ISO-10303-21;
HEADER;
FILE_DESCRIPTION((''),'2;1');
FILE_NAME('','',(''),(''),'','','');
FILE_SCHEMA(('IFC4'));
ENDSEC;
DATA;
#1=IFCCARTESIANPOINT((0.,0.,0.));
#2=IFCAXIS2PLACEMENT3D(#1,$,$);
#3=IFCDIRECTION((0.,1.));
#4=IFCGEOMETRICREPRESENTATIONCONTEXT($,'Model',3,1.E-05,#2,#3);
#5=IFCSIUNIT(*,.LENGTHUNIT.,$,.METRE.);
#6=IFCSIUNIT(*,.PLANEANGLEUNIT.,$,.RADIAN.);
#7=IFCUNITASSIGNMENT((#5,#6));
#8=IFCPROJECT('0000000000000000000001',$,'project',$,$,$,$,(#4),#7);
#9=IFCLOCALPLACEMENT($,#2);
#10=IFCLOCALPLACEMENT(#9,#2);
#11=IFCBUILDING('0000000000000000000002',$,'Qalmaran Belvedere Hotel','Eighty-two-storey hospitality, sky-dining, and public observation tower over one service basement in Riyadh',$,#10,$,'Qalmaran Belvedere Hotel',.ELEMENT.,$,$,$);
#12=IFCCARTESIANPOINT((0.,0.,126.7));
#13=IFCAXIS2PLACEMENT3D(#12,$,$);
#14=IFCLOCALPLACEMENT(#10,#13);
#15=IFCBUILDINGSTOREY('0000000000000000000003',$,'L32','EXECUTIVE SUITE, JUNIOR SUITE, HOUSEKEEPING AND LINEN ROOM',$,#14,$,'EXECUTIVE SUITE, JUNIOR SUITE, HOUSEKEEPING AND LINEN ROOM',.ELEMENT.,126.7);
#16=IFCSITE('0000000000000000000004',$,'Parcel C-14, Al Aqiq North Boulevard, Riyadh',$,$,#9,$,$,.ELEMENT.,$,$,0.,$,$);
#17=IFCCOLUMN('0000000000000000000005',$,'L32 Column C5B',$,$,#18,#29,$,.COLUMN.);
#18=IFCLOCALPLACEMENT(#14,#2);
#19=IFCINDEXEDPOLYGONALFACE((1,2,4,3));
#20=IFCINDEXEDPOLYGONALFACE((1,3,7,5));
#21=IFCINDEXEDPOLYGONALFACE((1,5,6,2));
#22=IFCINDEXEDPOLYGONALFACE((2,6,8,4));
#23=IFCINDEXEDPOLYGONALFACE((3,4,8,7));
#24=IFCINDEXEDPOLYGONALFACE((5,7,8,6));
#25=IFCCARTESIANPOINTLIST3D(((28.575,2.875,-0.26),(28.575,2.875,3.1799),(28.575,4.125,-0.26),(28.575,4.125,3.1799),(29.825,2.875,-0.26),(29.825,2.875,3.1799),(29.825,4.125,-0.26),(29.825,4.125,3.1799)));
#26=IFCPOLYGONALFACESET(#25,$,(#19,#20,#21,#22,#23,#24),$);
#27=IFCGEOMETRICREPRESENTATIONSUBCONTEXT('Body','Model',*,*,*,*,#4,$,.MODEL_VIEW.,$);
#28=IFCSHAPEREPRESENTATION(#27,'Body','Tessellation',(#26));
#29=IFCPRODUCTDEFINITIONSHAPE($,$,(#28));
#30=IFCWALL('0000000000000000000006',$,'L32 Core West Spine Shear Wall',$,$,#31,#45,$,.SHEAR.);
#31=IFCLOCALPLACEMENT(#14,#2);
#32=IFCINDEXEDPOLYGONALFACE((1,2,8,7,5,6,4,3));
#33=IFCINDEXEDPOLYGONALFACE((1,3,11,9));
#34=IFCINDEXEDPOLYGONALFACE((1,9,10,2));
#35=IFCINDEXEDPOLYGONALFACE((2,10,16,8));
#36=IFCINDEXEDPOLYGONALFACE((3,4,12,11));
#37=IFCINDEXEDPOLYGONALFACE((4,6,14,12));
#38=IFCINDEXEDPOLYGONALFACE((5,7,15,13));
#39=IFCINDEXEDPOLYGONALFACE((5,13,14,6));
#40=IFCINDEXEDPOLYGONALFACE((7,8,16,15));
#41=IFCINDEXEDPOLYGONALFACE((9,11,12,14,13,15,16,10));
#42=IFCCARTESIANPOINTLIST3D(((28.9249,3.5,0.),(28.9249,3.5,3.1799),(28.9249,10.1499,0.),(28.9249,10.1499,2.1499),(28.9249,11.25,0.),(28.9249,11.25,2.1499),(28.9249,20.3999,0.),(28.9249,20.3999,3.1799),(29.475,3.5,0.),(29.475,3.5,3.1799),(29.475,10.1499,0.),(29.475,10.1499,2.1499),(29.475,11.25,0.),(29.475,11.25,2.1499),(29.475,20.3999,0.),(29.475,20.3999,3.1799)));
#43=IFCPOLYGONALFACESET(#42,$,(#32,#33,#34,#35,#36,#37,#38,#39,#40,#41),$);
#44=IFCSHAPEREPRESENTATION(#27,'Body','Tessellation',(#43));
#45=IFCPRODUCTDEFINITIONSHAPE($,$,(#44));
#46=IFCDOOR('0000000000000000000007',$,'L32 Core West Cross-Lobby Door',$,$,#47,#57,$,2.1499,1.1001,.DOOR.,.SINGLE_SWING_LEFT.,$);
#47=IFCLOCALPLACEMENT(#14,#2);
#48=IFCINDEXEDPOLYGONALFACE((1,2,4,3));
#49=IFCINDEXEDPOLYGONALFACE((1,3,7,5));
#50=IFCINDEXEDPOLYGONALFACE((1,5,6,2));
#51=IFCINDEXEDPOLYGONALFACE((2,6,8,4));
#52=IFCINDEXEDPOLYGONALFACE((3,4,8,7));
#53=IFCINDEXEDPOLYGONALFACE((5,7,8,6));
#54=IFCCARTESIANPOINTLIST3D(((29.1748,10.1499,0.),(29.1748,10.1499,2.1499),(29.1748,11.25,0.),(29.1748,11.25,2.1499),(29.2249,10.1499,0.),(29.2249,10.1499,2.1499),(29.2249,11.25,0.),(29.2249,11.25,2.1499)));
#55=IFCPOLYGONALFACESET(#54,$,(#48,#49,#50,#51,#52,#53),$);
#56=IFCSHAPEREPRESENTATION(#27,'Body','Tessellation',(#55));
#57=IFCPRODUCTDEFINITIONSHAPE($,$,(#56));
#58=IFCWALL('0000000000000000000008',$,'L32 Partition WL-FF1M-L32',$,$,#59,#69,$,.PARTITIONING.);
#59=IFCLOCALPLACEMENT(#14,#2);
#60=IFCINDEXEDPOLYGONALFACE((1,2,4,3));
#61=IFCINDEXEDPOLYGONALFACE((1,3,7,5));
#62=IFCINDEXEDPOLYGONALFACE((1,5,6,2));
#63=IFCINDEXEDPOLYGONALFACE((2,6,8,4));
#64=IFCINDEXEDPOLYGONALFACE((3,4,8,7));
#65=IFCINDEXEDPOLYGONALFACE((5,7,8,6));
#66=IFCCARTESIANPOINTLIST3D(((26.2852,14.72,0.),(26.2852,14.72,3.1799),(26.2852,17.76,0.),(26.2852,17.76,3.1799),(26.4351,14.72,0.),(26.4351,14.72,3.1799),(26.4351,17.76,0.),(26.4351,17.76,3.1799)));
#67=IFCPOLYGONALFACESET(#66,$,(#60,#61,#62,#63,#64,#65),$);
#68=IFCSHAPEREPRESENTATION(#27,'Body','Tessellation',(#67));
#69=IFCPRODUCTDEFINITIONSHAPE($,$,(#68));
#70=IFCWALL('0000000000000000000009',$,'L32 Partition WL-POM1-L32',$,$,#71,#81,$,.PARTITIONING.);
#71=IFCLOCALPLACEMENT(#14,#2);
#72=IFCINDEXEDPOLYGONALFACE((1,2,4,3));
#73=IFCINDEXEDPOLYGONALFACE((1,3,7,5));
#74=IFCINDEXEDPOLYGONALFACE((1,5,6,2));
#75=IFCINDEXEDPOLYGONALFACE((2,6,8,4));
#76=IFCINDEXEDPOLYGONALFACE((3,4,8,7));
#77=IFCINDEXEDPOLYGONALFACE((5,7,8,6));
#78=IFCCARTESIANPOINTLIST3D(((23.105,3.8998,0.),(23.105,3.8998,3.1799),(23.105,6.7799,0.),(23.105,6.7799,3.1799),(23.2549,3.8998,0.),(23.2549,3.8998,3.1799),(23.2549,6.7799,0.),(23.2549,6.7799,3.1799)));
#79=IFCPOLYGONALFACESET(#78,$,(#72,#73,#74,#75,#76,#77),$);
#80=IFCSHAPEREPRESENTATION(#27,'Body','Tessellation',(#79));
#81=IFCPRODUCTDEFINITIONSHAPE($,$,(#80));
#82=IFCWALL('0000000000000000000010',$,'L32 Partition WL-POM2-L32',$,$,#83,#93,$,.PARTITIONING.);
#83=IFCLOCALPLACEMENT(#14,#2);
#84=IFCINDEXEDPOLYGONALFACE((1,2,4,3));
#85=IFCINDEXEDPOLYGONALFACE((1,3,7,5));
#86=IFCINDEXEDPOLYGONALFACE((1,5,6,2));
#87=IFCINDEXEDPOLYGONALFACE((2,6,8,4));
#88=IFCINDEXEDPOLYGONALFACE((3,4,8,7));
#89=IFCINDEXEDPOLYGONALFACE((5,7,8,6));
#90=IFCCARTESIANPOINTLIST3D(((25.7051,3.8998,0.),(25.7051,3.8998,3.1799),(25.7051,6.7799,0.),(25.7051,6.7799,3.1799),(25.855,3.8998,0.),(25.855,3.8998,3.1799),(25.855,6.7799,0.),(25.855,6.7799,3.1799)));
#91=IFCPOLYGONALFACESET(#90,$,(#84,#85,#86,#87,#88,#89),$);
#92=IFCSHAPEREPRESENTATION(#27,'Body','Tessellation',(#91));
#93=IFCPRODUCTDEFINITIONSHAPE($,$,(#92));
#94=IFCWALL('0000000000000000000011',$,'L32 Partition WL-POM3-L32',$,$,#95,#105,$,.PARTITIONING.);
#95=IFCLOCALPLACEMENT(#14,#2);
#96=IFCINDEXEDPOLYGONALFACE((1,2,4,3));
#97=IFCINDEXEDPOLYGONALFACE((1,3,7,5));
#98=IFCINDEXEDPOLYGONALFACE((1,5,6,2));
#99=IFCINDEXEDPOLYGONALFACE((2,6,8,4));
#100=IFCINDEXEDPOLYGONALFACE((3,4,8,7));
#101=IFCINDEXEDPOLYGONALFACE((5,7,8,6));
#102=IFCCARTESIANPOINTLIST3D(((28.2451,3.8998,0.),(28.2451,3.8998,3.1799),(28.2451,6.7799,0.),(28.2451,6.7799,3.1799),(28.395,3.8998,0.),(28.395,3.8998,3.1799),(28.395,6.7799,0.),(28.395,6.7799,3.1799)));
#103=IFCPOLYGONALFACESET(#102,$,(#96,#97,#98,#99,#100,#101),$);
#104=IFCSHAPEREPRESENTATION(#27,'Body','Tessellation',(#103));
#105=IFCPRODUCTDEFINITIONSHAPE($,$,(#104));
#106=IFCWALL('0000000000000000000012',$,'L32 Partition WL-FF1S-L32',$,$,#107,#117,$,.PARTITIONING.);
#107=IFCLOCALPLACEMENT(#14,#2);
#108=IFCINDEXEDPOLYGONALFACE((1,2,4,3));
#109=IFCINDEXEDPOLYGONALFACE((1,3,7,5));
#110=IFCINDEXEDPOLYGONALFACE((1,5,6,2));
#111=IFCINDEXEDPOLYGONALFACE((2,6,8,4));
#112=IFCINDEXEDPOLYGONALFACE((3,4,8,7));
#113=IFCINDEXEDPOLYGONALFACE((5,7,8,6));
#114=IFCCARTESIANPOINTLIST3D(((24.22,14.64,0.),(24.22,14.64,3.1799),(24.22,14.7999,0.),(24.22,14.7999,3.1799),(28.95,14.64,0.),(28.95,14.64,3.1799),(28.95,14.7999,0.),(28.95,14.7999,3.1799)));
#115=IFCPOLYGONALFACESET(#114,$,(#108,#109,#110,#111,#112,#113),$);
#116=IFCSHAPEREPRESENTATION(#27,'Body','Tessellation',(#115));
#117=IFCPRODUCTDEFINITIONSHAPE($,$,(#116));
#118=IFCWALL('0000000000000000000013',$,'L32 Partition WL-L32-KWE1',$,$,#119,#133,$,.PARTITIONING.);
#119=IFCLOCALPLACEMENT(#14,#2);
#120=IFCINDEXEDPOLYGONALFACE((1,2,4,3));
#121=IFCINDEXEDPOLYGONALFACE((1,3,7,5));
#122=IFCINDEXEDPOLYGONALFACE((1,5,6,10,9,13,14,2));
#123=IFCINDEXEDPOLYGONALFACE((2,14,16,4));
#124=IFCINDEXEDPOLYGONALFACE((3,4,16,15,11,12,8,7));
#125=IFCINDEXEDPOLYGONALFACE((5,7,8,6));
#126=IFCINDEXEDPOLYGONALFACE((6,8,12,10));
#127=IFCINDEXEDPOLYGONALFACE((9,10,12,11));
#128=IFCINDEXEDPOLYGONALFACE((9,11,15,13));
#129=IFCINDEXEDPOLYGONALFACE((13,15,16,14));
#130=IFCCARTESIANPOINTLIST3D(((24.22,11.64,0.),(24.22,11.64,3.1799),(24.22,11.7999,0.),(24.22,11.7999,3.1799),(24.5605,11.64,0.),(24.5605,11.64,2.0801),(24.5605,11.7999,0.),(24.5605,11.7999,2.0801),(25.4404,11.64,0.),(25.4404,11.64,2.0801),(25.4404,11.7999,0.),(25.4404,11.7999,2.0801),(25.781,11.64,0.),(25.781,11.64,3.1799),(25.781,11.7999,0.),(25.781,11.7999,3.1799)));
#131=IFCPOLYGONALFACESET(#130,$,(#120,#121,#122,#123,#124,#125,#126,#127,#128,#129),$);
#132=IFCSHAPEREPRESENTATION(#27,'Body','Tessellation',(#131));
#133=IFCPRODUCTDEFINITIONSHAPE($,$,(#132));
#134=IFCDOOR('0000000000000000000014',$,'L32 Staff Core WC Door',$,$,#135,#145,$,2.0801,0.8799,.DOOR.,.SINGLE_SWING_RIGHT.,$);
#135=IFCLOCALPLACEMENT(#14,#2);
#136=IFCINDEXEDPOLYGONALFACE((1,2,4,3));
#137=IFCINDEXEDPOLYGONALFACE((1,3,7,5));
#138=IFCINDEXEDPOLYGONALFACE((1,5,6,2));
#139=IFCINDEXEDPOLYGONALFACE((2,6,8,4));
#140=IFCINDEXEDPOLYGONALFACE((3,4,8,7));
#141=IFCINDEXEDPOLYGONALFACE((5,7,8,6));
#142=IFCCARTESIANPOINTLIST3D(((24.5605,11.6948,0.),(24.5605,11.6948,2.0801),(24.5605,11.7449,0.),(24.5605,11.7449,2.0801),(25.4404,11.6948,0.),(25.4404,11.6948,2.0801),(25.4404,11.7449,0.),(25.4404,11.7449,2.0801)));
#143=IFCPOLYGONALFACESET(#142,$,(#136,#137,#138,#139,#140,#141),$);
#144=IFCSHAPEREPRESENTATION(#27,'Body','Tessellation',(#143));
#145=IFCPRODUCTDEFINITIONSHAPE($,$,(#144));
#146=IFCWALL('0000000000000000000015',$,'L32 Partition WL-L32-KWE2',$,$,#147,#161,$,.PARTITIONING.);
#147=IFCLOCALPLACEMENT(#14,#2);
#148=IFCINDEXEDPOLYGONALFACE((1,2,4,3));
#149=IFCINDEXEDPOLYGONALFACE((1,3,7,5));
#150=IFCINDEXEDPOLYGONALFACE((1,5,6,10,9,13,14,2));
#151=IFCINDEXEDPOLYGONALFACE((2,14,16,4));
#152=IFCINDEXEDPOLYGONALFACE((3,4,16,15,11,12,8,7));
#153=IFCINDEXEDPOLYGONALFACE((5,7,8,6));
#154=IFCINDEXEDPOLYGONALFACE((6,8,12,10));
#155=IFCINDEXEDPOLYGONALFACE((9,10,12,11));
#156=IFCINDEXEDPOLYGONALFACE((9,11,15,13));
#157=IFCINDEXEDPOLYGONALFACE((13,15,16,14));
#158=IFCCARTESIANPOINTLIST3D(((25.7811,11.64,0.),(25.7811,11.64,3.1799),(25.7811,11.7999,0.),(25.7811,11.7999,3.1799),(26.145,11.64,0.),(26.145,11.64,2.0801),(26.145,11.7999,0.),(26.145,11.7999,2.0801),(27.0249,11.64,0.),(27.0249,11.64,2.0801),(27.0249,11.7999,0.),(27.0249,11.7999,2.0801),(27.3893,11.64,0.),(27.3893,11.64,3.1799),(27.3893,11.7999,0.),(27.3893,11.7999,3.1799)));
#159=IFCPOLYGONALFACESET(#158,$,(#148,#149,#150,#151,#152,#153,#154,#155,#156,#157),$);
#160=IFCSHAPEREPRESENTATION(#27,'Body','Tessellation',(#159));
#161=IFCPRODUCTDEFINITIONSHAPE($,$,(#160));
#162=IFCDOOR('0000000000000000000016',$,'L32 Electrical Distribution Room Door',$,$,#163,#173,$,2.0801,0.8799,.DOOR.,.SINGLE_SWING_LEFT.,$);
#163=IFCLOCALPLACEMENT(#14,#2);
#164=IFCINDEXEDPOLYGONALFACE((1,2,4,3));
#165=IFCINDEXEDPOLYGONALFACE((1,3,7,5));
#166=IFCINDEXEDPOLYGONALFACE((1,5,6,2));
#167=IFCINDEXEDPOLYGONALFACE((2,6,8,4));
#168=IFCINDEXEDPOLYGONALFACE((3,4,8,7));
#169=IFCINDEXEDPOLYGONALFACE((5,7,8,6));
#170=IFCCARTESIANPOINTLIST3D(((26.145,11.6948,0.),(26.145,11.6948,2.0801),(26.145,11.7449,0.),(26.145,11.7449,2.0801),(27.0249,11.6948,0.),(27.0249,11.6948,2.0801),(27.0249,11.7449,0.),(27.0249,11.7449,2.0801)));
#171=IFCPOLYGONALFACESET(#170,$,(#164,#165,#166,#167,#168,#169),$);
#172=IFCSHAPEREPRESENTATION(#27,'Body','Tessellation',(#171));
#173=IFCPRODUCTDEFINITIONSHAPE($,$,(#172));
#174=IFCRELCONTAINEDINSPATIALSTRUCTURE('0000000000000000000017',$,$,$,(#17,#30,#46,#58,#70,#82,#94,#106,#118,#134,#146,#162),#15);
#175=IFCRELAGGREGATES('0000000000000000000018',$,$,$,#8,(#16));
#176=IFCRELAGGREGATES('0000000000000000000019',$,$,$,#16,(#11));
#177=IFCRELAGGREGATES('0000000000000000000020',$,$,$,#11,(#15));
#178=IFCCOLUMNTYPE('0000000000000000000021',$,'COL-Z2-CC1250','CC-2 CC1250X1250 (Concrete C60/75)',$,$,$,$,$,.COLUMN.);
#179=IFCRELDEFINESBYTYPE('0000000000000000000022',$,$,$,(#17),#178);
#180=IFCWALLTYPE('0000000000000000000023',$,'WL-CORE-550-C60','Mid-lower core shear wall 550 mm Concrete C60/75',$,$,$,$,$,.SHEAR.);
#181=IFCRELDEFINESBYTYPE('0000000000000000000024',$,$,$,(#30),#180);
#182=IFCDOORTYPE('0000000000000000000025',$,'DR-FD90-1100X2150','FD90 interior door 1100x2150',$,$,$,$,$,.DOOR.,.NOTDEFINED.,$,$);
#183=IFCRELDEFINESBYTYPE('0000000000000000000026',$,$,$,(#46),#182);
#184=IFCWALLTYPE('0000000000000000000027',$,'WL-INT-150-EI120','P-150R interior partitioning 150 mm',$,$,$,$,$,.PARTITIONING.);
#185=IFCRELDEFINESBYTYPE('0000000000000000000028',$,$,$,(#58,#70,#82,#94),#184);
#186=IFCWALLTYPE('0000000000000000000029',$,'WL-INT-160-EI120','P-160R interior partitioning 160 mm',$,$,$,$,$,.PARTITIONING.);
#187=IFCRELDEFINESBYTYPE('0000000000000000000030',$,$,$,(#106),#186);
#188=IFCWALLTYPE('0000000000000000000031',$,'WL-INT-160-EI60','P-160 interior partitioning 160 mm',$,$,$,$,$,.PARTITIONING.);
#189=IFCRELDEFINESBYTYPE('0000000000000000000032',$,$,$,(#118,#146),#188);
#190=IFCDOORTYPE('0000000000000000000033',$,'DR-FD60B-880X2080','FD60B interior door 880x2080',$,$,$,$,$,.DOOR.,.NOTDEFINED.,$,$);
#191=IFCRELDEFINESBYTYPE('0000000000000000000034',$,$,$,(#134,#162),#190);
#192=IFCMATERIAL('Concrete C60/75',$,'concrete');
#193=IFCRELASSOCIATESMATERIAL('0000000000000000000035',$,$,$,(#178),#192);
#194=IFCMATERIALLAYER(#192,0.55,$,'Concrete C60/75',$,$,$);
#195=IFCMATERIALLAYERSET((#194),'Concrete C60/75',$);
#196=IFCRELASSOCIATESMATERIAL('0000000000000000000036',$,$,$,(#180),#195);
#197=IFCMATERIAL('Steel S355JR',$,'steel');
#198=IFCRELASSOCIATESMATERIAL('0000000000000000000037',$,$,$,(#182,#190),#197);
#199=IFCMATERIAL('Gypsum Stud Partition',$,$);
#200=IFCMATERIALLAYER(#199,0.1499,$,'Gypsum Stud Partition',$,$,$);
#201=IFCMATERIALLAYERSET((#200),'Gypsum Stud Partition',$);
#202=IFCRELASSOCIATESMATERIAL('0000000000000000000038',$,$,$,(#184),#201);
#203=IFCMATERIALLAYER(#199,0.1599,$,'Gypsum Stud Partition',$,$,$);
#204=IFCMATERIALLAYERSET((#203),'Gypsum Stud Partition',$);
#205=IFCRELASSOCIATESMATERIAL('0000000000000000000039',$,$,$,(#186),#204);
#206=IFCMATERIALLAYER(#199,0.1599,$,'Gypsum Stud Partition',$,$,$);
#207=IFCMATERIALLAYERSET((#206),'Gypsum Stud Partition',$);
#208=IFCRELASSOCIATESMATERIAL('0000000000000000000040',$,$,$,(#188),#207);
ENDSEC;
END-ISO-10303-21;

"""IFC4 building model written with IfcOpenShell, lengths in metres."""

from ifc_helpers import new_model, si_unit, direction, frame, frame_2d, origin, origin_2d, place, context, subcontext, project, spatial, rectangle, extrude, material, layer, layer_set, material_profile, profile_set, type_object, element, fill, save


model = new_model("IFC4")

# Units and contexts
model_context = context("Model", 3, precision=1e-05, world=origin(), true_north=direction((0.0, 1.0)))
body_context = subcontext(model_context, "Body", "Model", "MODEL_VIEW")
ifc_project = project(units=[si_unit("LENGTHUNIT", "METRE"), si_unit("PLANEANGLEUNIT", "RADIAN")], contexts=[model_context])

# Site, building, storey
site_placement = place(None, origin())
site = spatial("IfcSite", under=ifc_project, at=site_placement, Name="Parcel C-14, Al Aqiq North Boulevard, Riyadh", CompositionType="ELEMENT", RefElevation=0.0)
building_placement = place(site_placement, origin())
building = spatial("IfcBuilding", under=site, at=building_placement, Name="Qalmaran Belvedere Hotel", Description="Eighty-two-storey hospitality, sky-dining, and public observation tower over one service basement in Riyadh", LongName="Qalmaran Belvedere Hotel", CompositionType="ELEMENT")
storey_placement = place(building_placement, frame((0.0, 0.0, 126.7)))
storey = spatial("IfcBuildingStorey", under=building, at=storey_placement, Name="L32", Description="EXECUTIVE SUITE, JUNIOR SUITE, HOUSEKEEPING AND LINEN ROOM", LongName="EXECUTIVE SUITE, JUNIOR SUITE, HOUSEKEEPING AND LINEN ROOM", CompositionType="ELEMENT", Elevation=126.7)

# Column
ifc_material_1 = material(Name="Concrete C60/75", Category="concrete")
ifc_material_profile = material_profile(ifc_material_1, rectangle(XDim=1.25, YDim=1.25, at=origin_2d()), Name="CC1250X1250")
ifc_profile_set = profile_set([ifc_material_profile], Name="Concrete C60/75")
column_type = type_object("IfcColumnType", Name="COL-Z2-CC1250", Description="CC-2 CC1250X1250 (Concrete C60/75)", PredefinedType="COLUMN", material=ifc_profile_set)
column_placement = place(storey_placement, frame((29.2, 3.5, -0.26), z_axis=(0.0, 0.0, 1.0), x_axis=(1.0, 0.0, 0.0)))
element("IfcColumn", 1, at=column_placement, inside=storey, type_object=column_type, Name="L32 Column C5B", PredefinedType="COLUMN", context=body_context, shape_type="SweptSolid", body=[
    extrude(rectangle(XDim=1.25, YDim=1.25, at=origin_2d()), origin(), (0.0, 0.0, 1.0), 3.4399),
])

# Wall, opening, door
ifc_layer_1 = layer(ifc_material_1, 0.55, Name="Concrete C60/75")
ifc_layer_set_1 = layer_set([ifc_layer_1], Name="Concrete C60/75")
wall_type_1 = type_object("IfcWallType", Name="WL-CORE-550-C60", Description="Mid-lower core shear wall 550 mm Concrete C60/75", PredefinedType="SHEAR", material=ifc_layer_set_1)
wall_1_placement = place(storey_placement, frame((29.2, 3.5, 0.0), z_axis=(0.0, 0.0, 1.0), x_axis=(0.0, 1.0, 0.0)))
wall_1 = element("IfcWall", 2, at=wall_1_placement, inside=storey, type_object=wall_type_1, Name="L32 Core West Spine Shear Wall", PredefinedType="SHEAR", context=body_context, shape_type="SweptSolid", body=[
    extrude(rectangle(XDim=16.8999, YDim=0.55, at=frame_2d((8.45, 0.0))), origin(), (0.0, 0.0, 1.0), 3.1799),
])
opening_1_placement = place(wall_1_placement, frame((7.75, 0.0, 0.0), z_axis=(0.0, 0.0, 1.0), x_axis=(-1.0, 0.0, 0.0)))
opening_1 = element("IfcOpeningElement", 3, at=opening_1_placement, cuts=wall_1, PredefinedType="OPENING", context=body_context, shape_type="SweptSolid", body=[
    extrude(rectangle(XDim=1.1001, YDim=2.1499, at=frame_2d((0.55, 1.075))), frame((0.0, 0.2852, 0.0), z_axis=(0.0, -1.0, 0.0), x_axis=(1.0, 0.0, 0.0)), (0.0, 0.0, 1.0), 0.5701),
])
ifc_material_2 = material(Name="Steel S355JR", Category="steel")
door_type_1 = type_object("IfcDoorType", Name="DR-FD90-1100X2150", Description="FD90 interior door 1100x2150", OperationType="NOTDEFINED", PredefinedType="DOOR", material=ifc_material_2)
door_1_placement = place(opening_1_placement, origin())
door_1 = element("IfcDoor", 4, at=door_1_placement, inside=storey, type_object=door_type_1, Name="L32 Core West Cross-Lobby Door", OperationType="SINGLE_SWING_LEFT", OverallHeight=2.1499, OverallWidth=1.1001, PredefinedType="DOOR", context=body_context, shape_type="SweptSolid", body=[
    extrude(rectangle(XDim=1.1001, YDim=2.1499, at=frame_2d((0.55, 1.075))), frame((0.0, 0.0249, 0.0), z_axis=(0.0, -1.0, 0.0), x_axis=(1.0, 0.0, 0.0)), (0.0, 0.0, 1.0), 0.05),
])
fill(opening_1, door_1)

# Walls
ifc_material_3 = material(Name="Gypsum Stud Partition")
ifc_layer_2 = layer(ifc_material_3, 0.1499, Name="Gypsum Stud Partition")
ifc_layer_set_2 = layer_set([ifc_layer_2], Name="Gypsum Stud Partition")
wall_type_2 = type_object("IfcWallType", Name="WL-INT-150-EI120", Description="P-150R interior partitioning 150 mm", PredefinedType="PARTITIONING", material=ifc_layer_set_2)
wall_2_placement = place(storey_placement, frame((26.3601, 14.72, 0.0), z_axis=(0.0, 0.0, 1.0), x_axis=(0.0, 1.0, 0.0)))
element("IfcWall", 5, at=wall_2_placement, inside=storey, type_object=wall_type_2, Name="L32 Partition WL-FF1M-L32", PredefinedType="PARTITIONING", context=body_context, shape_type="SweptSolid", body=[
    extrude(rectangle(XDim=3.04, YDim=0.1499, at=frame_2d((1.52, 0.0))), origin(), (0.0, 0.0, 1.0), 3.1799),
])
for number, where, z_axis, x_axis, name in (
    (6, (23.1799, 3.8999, 0.0), (0.0, 0.0, 1.0), (0.0, 1.0, 0.0), "L32 Partition WL-POM1-L32"),
    (7, (25.78, 3.8999, 0.0), (0.0, 0.0, 1.0), (0.0, 1.0, 0.0), "L32 Partition WL-POM2-L32"),
    (8, (28.3201, 3.8999, 0.0), (0.0, 0.0, 1.0), (0.0, 1.0, 0.0), "L32 Partition WL-POM3-L32"),
):
    element("IfcWall", number, at=place(storey_placement, frame(where, z_axis=z_axis, x_axis=x_axis)), inside=storey, type_object=wall_type_2, Name=name, PredefinedType="PARTITIONING", context=body_context, shape_type="SweptSolid", body=[
        extrude(rectangle(XDim=2.8801, YDim=0.1499, at=frame_2d((1.4399, 0.0))), origin(), (0.0, 0.0, 1.0), 3.1799),
    ])
ifc_layer_3 = layer(ifc_material_3, 0.1599, Name="Gypsum Stud Partition")
ifc_layer_set_3 = layer_set([ifc_layer_3], Name="Gypsum Stud Partition")
wall_type_3 = type_object("IfcWallType", Name="WL-INT-160-EI120", Description="P-160R interior partitioning 160 mm", PredefinedType="PARTITIONING", material=ifc_layer_set_3)
wall_3_placement = place(storey_placement, frame((24.22, 14.72, 0.0), z_axis=(0.0, 0.0, 1.0), x_axis=(1.0, 0.0, 0.0)))
element("IfcWall", 9, at=wall_3_placement, inside=storey, type_object=wall_type_3, Name="L32 Partition WL-FF1S-L32", PredefinedType="PARTITIONING", context=body_context, shape_type="SweptSolid", body=[
    extrude(rectangle(XDim=4.73, YDim=0.1599, at=frame_2d((2.365, 0.0))), origin(), (0.0, 0.0, 1.0), 3.1799),
])

# Walls, openings, doors
ifc_layer_4 = layer(ifc_material_3, 0.1599, Name="Gypsum Stud Partition")
ifc_layer_set_4 = layer_set([ifc_layer_4], Name="Gypsum Stud Partition")
wall_type_4 = type_object("IfcWallType", Name="WL-INT-160-EI60", Description="P-160 interior partitioning 160 mm", PredefinedType="PARTITIONING", material=ifc_layer_set_4)
wall_4_placement = place(storey_placement, frame((24.22, 11.72, 0.0), z_axis=(0.0, 0.0, 1.0), x_axis=(1.0, 0.0, 0.0)))
wall_4 = element("IfcWall", 10, at=wall_4_placement, inside=storey, type_object=wall_type_4, Name="L32 Partition WL-L32-KWE1", PredefinedType="PARTITIONING", context=body_context, shape_type="SweptSolid", body=[
    extrude(rectangle(XDim=1.561, YDim=0.1599, at=frame_2d((0.7805, 0.0))), origin(), (0.0, 0.0, 1.0), 3.1799),
])
opening_2_placement = place(wall_4_placement, frame((0.3406, 0.0, 0.0)))
opening_2 = element("IfcOpeningElement", 11, at=opening_2_placement, cuts=wall_4, PredefinedType="OPENING", context=body_context, shape_type="SweptSolid", body=[
    extrude(rectangle(XDim=0.8799, YDim=2.0801, at=frame_2d((0.4399, 1.04))), frame((0.0, 0.0898, 0.0), z_axis=(0.0, -1.0, 0.0), x_axis=(1.0, 0.0, 0.0)), (0.0, 0.0, 1.0), 0.1799),
])
door_type_2 = type_object("IfcDoorType", Name="DR-FD60B-880X2080", Description="FD60B interior door 880x2080", OperationType="NOTDEFINED", PredefinedType="DOOR", material=ifc_material_2)
door_2_placement = place(opening_2_placement, origin())
door_2 = element("IfcDoor", 12, at=door_2_placement, inside=storey, type_object=door_type_2, Name="L32 Staff Core WC Door", OperationType="SINGLE_SWING_RIGHT", OverallHeight=2.0801, OverallWidth=0.8799, PredefinedType="DOOR", context=body_context, shape_type="SweptSolid", body=[
    extrude(rectangle(XDim=0.8799, YDim=2.0801, at=frame_2d((0.4399, 1.04))), frame((0.0, 0.0249, 0.0), z_axis=(0.0, -1.0, 0.0), x_axis=(1.0, 0.0, 0.0)), (0.0, 0.0, 1.0), 0.05),
])
fill(opening_2, door_2)
wall_5_placement = place(storey_placement, frame((25.781, 11.72, 0.0), z_axis=(0.0, 0.0, 1.0), x_axis=(1.0, 0.0, 0.0)))
wall_5 = element("IfcWall", 13, at=wall_5_placement, inside=storey, type_object=wall_type_4, Name="L32 Partition WL-L32-KWE2", PredefinedType="PARTITIONING", context=body_context, shape_type="SweptSolid", body=[
    extrude(rectangle(XDim=1.6082, YDim=0.1599, at=frame_2d((0.8042, 0.0))), origin(), (0.0, 0.0, 1.0), 3.1799),
])
opening_3_placement = place(wall_5_placement, frame((0.364, 0.0, 0.0)))
opening_3 = element("IfcOpeningElement", 14, at=opening_3_placement, cuts=wall_5, PredefinedType="OPENING", context=body_context, shape_type="SweptSolid", body=[
    extrude(rectangle(XDim=0.8799, YDim=2.0801, at=frame_2d((0.4399, 1.04))), frame((0.0, 0.0898, 0.0), z_axis=(0.0, -1.0, 0.0), x_axis=(1.0, 0.0, 0.0)), (0.0, 0.0, 1.0), 0.1799),
])
door_3_placement = place(opening_3_placement, origin())
door_3 = element("IfcDoor", 15, at=door_3_placement, inside=storey, type_object=door_type_2, Name="L32 Electrical Distribution Room Door", OperationType="SINGLE_SWING_LEFT", OverallHeight=2.0801, OverallWidth=0.8799, PredefinedType="DOOR", context=body_context, shape_type="SweptSolid", body=[
    extrude(rectangle(XDim=0.8799, YDim=2.0801, at=frame_2d((0.4399, 1.04))), frame((0.0, 0.0249, 0.0), z_axis=(0.0, -1.0, 0.0), x_axis=(1.0, 0.0, 0.0)), (0.0, 0.0, 1.0), 0.05),
])
fill(opening_3, door_3)

save(model, "model.ifc")
